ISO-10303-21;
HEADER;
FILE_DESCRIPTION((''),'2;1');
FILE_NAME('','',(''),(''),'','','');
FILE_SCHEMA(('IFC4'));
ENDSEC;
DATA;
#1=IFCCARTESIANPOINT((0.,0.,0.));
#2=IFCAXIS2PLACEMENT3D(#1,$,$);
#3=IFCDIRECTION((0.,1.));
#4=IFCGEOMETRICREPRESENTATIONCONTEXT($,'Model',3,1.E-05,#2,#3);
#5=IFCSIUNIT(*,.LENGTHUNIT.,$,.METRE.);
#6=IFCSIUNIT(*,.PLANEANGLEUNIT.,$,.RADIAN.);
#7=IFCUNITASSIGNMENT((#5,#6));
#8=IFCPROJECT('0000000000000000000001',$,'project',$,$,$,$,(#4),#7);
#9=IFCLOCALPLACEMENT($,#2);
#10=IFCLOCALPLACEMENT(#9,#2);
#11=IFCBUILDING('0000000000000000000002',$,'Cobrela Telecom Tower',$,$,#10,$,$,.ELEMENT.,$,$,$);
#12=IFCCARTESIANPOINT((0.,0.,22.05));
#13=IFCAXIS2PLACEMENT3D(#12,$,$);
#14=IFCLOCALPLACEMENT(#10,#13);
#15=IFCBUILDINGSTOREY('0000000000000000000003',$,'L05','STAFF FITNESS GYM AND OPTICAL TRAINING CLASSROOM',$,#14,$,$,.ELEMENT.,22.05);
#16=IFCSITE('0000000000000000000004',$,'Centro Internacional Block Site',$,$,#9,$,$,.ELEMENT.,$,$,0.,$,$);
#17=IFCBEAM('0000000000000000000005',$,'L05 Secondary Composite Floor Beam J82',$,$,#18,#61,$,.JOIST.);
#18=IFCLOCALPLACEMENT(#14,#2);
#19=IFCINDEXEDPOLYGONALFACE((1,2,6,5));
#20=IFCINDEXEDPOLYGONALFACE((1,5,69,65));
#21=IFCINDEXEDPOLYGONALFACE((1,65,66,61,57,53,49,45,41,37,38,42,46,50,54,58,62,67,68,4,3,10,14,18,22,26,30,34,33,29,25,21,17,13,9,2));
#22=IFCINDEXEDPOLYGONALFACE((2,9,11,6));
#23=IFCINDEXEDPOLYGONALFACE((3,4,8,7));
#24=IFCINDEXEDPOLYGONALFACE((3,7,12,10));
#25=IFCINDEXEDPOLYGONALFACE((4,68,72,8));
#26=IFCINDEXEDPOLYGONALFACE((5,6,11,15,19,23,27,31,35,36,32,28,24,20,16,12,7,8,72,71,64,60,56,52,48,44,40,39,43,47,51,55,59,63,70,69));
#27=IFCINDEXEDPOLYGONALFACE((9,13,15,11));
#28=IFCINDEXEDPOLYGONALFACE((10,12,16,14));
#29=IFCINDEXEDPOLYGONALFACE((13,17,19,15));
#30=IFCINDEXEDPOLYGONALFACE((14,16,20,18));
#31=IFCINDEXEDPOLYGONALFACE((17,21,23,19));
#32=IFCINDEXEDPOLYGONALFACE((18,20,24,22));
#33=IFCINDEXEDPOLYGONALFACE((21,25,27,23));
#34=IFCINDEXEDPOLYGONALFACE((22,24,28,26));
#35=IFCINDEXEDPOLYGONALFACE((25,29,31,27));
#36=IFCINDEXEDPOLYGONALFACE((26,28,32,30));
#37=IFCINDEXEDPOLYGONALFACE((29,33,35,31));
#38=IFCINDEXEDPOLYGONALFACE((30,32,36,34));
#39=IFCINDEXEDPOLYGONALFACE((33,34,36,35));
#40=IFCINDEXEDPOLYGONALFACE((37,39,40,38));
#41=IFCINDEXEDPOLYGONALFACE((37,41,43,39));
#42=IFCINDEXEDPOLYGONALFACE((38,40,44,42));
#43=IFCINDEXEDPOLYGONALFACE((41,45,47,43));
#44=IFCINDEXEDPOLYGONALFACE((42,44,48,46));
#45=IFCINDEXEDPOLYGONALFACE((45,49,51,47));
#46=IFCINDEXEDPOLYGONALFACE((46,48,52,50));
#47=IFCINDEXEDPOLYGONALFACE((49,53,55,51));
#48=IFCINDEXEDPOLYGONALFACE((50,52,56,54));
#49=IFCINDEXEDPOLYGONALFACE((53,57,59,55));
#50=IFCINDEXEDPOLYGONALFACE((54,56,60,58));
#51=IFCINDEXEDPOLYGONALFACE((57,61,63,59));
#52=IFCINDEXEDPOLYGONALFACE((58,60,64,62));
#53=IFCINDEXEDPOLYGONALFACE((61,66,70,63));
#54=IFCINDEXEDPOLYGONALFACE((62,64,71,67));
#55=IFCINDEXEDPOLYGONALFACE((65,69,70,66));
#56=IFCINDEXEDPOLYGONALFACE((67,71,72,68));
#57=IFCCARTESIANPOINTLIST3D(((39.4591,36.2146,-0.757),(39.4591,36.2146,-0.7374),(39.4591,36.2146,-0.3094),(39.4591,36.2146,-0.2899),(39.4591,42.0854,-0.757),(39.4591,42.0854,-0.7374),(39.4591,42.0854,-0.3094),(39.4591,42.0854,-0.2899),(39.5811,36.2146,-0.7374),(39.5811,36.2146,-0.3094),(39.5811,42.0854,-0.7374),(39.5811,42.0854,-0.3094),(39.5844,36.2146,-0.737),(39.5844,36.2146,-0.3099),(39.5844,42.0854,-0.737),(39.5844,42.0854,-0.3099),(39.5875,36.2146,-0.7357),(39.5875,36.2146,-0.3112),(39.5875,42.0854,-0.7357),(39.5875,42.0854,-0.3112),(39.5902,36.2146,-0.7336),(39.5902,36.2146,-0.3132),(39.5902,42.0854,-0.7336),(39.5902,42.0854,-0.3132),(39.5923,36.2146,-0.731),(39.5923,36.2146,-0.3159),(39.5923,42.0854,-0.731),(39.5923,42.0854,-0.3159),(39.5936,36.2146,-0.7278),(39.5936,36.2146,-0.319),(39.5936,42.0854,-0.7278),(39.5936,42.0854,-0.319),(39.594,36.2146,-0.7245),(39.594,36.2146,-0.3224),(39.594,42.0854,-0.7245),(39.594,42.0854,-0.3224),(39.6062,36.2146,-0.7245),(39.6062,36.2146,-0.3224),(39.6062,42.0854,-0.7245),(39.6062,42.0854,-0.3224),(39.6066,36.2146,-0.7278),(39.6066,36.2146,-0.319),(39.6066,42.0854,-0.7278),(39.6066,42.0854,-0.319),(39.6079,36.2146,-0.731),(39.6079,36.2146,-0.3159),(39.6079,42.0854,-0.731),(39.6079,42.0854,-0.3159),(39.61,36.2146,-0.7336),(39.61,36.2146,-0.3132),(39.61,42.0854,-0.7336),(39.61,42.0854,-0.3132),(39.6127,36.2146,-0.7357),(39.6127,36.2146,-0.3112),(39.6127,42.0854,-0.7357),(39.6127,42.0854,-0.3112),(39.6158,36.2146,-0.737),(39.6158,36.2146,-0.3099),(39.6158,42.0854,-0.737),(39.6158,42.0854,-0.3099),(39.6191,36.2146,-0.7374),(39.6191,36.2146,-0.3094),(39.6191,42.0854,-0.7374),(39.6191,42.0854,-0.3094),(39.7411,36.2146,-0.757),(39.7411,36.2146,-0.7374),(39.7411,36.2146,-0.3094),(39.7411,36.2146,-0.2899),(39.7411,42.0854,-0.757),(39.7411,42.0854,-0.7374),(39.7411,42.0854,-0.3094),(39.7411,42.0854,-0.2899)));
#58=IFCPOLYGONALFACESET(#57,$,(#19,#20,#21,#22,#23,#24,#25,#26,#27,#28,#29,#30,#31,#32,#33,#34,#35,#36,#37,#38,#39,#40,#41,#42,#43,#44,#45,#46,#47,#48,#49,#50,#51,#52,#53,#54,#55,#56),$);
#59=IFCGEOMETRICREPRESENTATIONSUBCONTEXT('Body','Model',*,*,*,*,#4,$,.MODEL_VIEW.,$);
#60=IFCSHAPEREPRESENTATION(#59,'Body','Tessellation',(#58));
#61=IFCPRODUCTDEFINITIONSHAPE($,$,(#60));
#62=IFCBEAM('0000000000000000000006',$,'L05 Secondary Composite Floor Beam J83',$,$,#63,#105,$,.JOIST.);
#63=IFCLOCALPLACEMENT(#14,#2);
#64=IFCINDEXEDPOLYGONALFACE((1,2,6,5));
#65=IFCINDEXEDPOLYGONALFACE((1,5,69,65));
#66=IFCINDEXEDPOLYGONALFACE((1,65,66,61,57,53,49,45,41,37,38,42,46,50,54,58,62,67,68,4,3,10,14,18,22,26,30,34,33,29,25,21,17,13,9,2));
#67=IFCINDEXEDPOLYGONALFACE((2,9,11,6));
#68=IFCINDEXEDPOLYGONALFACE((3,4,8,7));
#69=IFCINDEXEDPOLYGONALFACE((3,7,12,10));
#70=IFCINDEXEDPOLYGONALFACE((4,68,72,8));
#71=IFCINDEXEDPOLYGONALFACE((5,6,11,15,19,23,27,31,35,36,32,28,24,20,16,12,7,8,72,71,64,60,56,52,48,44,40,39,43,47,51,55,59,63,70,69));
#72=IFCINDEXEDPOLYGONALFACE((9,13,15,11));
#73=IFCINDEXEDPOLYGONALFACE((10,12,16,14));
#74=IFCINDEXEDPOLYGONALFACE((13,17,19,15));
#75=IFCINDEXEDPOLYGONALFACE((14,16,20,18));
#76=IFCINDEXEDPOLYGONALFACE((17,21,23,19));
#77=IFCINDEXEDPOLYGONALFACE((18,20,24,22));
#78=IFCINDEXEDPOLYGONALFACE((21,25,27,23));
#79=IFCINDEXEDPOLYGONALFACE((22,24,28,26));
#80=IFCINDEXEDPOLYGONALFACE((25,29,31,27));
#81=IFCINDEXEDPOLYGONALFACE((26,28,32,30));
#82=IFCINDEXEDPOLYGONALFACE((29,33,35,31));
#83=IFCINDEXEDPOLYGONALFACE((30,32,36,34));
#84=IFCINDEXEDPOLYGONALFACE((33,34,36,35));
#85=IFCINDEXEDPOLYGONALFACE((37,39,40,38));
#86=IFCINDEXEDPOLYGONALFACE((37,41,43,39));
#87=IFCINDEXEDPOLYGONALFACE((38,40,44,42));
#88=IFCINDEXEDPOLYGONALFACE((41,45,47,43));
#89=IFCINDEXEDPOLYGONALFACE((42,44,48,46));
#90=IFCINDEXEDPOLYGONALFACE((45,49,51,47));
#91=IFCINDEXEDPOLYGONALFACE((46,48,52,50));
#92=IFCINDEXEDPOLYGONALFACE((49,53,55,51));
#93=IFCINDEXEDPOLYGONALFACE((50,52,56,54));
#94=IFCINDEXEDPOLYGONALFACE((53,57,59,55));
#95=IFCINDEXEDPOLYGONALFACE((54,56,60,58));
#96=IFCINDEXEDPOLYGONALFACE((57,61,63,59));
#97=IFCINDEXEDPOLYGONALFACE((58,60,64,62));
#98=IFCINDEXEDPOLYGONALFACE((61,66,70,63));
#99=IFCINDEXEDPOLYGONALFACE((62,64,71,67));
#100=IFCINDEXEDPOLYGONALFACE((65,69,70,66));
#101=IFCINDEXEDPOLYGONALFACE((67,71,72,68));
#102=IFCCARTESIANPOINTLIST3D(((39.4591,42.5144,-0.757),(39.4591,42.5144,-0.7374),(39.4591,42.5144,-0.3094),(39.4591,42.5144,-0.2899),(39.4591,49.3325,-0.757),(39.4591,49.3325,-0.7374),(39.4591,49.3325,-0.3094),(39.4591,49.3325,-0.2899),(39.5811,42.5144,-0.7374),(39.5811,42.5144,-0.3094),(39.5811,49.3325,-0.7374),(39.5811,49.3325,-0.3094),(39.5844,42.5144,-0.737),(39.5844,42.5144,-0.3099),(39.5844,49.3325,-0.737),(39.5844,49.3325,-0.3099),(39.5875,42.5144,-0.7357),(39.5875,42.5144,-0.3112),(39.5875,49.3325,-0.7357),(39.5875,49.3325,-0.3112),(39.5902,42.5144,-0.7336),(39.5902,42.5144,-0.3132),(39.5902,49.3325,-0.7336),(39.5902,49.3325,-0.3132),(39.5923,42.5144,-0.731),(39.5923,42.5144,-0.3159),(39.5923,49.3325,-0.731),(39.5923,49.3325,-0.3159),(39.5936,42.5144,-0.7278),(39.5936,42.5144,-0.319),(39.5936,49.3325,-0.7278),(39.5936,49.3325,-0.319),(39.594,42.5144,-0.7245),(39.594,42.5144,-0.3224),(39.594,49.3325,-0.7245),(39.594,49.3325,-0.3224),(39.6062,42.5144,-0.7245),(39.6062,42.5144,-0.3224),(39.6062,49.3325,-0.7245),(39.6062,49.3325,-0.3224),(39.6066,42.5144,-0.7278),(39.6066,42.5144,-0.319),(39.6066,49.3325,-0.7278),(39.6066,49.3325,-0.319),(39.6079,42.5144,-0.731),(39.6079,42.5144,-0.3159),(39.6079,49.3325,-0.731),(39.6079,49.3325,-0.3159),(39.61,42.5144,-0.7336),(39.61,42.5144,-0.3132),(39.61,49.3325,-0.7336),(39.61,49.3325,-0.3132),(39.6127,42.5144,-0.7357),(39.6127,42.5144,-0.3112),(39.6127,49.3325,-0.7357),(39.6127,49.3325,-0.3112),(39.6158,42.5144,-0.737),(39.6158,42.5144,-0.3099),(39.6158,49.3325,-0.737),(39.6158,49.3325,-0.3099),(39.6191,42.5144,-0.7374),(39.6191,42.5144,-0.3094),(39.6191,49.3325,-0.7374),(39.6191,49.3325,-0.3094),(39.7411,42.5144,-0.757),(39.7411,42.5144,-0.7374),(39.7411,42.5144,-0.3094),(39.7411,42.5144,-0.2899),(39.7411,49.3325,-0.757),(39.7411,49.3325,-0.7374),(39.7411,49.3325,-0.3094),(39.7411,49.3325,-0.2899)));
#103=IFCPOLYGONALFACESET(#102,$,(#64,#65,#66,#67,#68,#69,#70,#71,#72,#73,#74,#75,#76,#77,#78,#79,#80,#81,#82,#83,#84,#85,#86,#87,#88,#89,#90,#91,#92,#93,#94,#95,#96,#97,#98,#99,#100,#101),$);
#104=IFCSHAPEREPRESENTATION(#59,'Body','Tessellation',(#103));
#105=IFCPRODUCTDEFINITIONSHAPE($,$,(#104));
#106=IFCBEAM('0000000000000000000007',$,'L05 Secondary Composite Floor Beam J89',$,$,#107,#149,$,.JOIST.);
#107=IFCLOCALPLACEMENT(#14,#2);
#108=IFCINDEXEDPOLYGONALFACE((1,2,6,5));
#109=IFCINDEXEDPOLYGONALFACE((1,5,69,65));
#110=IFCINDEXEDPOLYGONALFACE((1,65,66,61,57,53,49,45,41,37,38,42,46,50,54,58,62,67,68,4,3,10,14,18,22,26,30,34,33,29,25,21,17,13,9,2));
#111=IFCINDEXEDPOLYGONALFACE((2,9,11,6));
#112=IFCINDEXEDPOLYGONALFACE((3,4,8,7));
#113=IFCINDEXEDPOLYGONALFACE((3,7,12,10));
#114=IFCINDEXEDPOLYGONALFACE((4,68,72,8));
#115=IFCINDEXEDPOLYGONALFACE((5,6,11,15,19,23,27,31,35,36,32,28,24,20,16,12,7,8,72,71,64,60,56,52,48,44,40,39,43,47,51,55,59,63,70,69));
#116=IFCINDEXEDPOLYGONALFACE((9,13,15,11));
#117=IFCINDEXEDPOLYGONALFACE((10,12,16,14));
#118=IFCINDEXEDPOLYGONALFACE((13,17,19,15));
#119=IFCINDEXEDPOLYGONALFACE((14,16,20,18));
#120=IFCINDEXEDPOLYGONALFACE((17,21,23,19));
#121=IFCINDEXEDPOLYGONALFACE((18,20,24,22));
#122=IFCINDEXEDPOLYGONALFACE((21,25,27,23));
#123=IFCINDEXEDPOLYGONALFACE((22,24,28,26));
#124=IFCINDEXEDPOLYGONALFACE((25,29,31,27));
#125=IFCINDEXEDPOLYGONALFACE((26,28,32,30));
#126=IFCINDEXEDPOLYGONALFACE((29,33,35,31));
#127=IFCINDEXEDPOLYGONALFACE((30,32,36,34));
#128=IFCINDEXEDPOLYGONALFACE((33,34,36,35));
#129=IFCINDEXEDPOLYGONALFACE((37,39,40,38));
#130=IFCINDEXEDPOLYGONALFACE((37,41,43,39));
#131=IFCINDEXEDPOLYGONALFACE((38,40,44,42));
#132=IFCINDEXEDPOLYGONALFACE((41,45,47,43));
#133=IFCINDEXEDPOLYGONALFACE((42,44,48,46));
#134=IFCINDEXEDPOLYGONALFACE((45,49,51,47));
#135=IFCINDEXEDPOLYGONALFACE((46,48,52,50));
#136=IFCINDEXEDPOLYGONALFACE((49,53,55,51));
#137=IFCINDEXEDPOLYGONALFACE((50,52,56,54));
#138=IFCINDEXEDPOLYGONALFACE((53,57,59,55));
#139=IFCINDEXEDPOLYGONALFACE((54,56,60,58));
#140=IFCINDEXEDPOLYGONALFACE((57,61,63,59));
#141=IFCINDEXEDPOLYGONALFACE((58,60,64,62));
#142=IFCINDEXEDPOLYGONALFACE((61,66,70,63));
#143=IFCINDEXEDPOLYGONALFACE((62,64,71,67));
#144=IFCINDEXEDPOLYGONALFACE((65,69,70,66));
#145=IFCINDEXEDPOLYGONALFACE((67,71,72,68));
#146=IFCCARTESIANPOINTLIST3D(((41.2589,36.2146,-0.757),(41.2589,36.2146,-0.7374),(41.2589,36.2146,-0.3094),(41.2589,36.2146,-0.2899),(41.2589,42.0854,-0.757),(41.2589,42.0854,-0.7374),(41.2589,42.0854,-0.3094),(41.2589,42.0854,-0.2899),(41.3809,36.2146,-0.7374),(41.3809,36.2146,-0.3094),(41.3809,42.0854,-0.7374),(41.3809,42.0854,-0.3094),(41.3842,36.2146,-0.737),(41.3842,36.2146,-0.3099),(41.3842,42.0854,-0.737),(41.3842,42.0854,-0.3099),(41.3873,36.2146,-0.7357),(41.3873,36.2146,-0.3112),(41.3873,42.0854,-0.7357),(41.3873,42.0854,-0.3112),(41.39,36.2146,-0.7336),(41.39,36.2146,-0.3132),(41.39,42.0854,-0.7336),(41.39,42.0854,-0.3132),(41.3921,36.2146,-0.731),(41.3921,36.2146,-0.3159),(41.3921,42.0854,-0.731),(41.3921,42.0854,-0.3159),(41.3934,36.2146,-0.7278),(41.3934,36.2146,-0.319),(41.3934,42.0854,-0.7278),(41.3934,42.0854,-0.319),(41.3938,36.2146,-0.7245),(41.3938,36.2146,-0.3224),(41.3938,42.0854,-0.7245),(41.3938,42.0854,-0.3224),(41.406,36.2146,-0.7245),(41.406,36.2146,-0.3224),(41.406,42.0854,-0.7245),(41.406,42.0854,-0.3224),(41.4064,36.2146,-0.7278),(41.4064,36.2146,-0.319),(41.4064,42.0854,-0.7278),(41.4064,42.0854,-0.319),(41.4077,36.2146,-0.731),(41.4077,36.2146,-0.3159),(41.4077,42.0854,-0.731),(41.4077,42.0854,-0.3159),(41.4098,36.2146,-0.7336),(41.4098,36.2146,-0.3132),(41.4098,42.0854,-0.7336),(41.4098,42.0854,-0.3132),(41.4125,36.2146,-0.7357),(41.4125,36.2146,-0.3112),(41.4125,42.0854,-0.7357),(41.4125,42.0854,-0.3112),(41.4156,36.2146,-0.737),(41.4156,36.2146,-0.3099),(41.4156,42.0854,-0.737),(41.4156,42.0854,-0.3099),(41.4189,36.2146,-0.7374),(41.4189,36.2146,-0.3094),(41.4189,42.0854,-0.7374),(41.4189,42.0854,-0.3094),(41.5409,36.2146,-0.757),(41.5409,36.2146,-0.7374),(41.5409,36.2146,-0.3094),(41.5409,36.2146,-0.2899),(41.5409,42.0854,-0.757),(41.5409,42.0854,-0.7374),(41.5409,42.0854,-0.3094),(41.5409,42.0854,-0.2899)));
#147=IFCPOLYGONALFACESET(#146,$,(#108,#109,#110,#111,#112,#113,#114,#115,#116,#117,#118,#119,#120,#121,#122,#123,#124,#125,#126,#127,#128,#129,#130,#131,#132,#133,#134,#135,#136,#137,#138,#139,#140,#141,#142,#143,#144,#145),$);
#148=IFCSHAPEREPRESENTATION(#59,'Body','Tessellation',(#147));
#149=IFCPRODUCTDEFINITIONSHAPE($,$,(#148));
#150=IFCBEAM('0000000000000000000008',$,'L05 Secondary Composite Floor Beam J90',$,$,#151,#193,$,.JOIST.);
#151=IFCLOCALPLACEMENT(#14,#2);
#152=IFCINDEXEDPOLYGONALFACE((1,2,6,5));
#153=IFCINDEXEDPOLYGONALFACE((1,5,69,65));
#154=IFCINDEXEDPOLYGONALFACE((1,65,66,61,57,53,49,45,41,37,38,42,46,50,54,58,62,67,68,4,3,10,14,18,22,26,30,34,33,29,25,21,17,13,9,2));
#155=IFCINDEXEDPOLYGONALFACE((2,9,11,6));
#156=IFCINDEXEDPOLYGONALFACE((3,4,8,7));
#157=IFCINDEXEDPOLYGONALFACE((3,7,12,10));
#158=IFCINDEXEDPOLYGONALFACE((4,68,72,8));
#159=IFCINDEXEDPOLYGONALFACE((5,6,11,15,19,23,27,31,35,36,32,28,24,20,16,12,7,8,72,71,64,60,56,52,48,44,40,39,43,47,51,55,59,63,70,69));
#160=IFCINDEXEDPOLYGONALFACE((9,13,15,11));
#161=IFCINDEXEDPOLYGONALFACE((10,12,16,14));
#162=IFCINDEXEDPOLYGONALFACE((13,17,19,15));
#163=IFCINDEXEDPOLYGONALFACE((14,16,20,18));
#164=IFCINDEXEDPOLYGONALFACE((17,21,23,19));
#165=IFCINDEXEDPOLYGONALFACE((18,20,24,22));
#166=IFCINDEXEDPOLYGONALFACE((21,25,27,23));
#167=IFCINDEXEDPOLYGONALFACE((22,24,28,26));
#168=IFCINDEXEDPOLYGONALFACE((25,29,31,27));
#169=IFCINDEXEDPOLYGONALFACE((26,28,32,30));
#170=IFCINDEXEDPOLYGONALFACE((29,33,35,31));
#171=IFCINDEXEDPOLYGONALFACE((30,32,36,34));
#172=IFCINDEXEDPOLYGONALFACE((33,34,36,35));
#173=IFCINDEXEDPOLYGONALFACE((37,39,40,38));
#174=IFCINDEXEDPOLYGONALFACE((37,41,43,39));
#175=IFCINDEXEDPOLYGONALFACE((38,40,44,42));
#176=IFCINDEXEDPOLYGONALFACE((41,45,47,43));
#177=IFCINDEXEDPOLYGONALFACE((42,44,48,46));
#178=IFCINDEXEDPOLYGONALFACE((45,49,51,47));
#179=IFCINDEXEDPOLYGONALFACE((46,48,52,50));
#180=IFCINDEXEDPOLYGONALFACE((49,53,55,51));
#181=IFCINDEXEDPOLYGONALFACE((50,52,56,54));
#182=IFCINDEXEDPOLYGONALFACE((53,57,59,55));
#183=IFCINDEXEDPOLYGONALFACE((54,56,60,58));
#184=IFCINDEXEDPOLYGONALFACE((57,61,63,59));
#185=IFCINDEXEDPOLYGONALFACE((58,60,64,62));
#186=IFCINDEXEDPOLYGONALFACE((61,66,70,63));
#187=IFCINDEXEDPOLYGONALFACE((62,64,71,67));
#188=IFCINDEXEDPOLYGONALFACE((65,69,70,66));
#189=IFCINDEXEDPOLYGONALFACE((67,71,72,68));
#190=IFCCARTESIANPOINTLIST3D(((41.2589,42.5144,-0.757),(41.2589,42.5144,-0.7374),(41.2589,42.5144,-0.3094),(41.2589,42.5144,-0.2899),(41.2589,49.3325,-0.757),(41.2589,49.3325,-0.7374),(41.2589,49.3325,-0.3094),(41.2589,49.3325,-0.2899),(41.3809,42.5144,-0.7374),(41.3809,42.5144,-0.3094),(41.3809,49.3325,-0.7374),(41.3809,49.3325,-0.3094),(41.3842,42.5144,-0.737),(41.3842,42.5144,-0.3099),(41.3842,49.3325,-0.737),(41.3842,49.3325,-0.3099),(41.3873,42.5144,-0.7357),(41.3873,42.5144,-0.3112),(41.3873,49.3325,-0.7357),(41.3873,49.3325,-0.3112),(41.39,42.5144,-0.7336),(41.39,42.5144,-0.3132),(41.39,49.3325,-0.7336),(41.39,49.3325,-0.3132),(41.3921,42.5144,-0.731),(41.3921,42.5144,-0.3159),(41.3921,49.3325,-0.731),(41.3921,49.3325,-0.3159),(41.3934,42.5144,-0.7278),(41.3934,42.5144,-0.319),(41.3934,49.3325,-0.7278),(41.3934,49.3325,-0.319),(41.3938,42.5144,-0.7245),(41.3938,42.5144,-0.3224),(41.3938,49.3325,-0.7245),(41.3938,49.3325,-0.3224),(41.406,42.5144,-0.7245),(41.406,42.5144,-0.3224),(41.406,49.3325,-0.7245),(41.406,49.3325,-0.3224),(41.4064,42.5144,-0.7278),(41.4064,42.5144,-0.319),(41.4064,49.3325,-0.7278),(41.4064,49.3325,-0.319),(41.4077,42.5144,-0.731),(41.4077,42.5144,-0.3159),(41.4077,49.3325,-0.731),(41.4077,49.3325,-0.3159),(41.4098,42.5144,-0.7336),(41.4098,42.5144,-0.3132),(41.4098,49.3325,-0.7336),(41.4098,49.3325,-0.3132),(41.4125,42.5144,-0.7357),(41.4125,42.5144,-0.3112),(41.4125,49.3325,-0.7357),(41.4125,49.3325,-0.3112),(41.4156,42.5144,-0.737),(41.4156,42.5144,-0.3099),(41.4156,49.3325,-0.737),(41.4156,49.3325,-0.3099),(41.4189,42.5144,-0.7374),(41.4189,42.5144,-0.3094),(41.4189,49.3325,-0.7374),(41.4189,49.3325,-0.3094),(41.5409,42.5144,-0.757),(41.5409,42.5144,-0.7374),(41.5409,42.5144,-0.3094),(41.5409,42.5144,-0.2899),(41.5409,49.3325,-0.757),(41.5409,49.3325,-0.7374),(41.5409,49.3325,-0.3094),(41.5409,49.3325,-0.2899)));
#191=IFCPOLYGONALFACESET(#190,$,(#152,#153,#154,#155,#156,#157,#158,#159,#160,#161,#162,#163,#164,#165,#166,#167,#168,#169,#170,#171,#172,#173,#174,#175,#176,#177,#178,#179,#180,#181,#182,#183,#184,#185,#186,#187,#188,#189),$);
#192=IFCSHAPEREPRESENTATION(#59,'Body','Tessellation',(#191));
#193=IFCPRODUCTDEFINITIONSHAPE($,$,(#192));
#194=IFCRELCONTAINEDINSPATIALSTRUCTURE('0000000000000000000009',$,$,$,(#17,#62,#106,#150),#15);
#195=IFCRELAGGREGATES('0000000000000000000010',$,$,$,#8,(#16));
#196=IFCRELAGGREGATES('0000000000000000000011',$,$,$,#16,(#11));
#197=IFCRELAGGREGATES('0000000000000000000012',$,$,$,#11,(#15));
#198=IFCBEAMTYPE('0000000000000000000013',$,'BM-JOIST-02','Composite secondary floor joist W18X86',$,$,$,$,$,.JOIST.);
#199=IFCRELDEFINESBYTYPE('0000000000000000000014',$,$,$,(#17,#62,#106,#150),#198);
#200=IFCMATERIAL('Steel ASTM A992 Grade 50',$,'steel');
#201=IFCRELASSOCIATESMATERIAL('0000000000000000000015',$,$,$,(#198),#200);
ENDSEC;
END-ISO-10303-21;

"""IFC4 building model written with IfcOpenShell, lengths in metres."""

from ifc_helpers import new_model, si_unit, direction, frame, origin, origin_2d, place, context, subcontext, project, spatial, i_section, extrude, material, material_profile, profile_set, type_object, element, save


model = new_model("IFC4")

# Units and contexts
model_context = context("Model", 3, precision=1e-05, world=origin(), true_north=direction((0.0, 1.0)))
body_context = subcontext(model_context, "Body", "Model", "MODEL_VIEW")
ifc_project = project(units=[si_unit("LENGTHUNIT", "METRE"), si_unit("PLANEANGLEUNIT", "RADIAN")], contexts=[model_context])

# Site, building, storey
site_placement = place(None, origin())
site = spatial("IfcSite", under=ifc_project, at=site_placement, Name="Centro Internacional Block Site", CompositionType="ELEMENT", RefElevation=0.0)
building_placement = place(site_placement, origin())
building = spatial("IfcBuilding", under=site, at=building_placement, Name="Cobrela Telecom Tower", CompositionType="ELEMENT")
storey_placement = place(building_placement, frame((0.0, 0.0, 22.05)))
storey = spatial("IfcBuildingStorey", under=building, at=storey_placement, Name="L05", Description="STAFF FITNESS GYM AND OPTICAL TRAINING CLASSROOM", CompositionType="ELEMENT", Elevation=22.05)

# Beams
ifc_material_1 = material(Name="Steel ASTM A992 Grade 50", Category="steel")
ifc_material_profile_1 = material_profile(ifc_material_1, i_section(OverallWidth=0.282, OverallDepth=0.467, WebThickness=0.0122, FlangeThickness=0.0195, FilletRadius=0.0129, at=origin_2d()), Name="W18X86")
ifc_profile_set_1 = profile_set([ifc_material_profile_1], Name="Steel ASTM A992 Grade 50")
beam_type_1 = type_object("IfcBeamType", Name="BM-JOIST-02", Description="Composite secondary floor joist W18X86", PredefinedType="JOIST", material=ifc_profile_set_1)
beam_1_placement = place(storey_placement, frame((39.6001, 36.2146, -0.5234), z_axis=(0.0, 1.0, 0.0), x_axis=(-1.0, 0.0, 0.0)))
element("IfcBeam", 1, at=beam_1_placement, inside=storey, type_object=beam_type_1, Name="L05 Secondary Composite Floor Beam J82", PredefinedType="JOIST", context=body_context, shape_type="SweptSolid", body=[
    extrude(i_section(OverallWidth=0.282, OverallDepth=0.467, WebThickness=0.0122, FlangeThickness=0.0195, FilletRadius=0.0129, at=origin_2d()), origin(), (0.0, 0.0, 1.0), 5.8708),
])
beam_2_placement = place(storey_placement, frame((39.6001, 42.5144, -0.5234), z_axis=(0.0, 1.0, 0.0), x_axis=(-1.0, 0.0, 0.0)))
element("IfcBeam", 2, at=beam_2_placement, inside=storey, type_object=beam_type_1, Name="L05 Secondary Composite Floor Beam J83", PredefinedType="JOIST", context=body_context, shape_type="SweptSolid", body=[
    extrude(i_section(OverallWidth=0.282, OverallDepth=0.467, WebThickness=0.0122, FlangeThickness=0.0195, FilletRadius=0.0129, at=origin_2d()), origin(), (0.0, 0.0, 1.0), 6.8181),
])
beam_3_placement = place(storey_placement, frame((41.3999, 36.2146, -0.5234), z_axis=(0.0, 1.0, 0.0), x_axis=(-1.0, 0.0, 0.0)))
element("IfcBeam", 3, at=beam_3_placement, inside=storey, type_object=beam_type_1, Name="L05 Secondary Composite Floor Beam J89", PredefinedType="JOIST", context=body_context, shape_type="SweptSolid", body=[
    extrude(i_section(OverallWidth=0.282, OverallDepth=0.467, WebThickness=0.0122, FlangeThickness=0.0195, FilletRadius=0.0129, at=origin_2d()), origin(), (0.0, 0.0, 1.0), 5.8708),
])
beam_4_placement = place(storey_placement, frame((41.3999, 42.5144, -0.5234), z_axis=(0.0, 1.0, 0.0), x_axis=(-1.0, 0.0, 0.0)))
element("IfcBeam", 4, at=beam_4_placement, inside=storey, type_object=beam_type_1, Name="L05 Secondary Composite Floor Beam J90", PredefinedType="JOIST", context=body_context, shape_type="SweptSolid", body=[
    extrude(i_section(OverallWidth=0.282, OverallDepth=0.467, WebThickness=0.0122, FlangeThickness=0.0195, FilletRadius=0.0129, at=origin_2d()), origin(), (0.0, 0.0, 1.0), 6.8181),
])

save(model, "model.ifc")
